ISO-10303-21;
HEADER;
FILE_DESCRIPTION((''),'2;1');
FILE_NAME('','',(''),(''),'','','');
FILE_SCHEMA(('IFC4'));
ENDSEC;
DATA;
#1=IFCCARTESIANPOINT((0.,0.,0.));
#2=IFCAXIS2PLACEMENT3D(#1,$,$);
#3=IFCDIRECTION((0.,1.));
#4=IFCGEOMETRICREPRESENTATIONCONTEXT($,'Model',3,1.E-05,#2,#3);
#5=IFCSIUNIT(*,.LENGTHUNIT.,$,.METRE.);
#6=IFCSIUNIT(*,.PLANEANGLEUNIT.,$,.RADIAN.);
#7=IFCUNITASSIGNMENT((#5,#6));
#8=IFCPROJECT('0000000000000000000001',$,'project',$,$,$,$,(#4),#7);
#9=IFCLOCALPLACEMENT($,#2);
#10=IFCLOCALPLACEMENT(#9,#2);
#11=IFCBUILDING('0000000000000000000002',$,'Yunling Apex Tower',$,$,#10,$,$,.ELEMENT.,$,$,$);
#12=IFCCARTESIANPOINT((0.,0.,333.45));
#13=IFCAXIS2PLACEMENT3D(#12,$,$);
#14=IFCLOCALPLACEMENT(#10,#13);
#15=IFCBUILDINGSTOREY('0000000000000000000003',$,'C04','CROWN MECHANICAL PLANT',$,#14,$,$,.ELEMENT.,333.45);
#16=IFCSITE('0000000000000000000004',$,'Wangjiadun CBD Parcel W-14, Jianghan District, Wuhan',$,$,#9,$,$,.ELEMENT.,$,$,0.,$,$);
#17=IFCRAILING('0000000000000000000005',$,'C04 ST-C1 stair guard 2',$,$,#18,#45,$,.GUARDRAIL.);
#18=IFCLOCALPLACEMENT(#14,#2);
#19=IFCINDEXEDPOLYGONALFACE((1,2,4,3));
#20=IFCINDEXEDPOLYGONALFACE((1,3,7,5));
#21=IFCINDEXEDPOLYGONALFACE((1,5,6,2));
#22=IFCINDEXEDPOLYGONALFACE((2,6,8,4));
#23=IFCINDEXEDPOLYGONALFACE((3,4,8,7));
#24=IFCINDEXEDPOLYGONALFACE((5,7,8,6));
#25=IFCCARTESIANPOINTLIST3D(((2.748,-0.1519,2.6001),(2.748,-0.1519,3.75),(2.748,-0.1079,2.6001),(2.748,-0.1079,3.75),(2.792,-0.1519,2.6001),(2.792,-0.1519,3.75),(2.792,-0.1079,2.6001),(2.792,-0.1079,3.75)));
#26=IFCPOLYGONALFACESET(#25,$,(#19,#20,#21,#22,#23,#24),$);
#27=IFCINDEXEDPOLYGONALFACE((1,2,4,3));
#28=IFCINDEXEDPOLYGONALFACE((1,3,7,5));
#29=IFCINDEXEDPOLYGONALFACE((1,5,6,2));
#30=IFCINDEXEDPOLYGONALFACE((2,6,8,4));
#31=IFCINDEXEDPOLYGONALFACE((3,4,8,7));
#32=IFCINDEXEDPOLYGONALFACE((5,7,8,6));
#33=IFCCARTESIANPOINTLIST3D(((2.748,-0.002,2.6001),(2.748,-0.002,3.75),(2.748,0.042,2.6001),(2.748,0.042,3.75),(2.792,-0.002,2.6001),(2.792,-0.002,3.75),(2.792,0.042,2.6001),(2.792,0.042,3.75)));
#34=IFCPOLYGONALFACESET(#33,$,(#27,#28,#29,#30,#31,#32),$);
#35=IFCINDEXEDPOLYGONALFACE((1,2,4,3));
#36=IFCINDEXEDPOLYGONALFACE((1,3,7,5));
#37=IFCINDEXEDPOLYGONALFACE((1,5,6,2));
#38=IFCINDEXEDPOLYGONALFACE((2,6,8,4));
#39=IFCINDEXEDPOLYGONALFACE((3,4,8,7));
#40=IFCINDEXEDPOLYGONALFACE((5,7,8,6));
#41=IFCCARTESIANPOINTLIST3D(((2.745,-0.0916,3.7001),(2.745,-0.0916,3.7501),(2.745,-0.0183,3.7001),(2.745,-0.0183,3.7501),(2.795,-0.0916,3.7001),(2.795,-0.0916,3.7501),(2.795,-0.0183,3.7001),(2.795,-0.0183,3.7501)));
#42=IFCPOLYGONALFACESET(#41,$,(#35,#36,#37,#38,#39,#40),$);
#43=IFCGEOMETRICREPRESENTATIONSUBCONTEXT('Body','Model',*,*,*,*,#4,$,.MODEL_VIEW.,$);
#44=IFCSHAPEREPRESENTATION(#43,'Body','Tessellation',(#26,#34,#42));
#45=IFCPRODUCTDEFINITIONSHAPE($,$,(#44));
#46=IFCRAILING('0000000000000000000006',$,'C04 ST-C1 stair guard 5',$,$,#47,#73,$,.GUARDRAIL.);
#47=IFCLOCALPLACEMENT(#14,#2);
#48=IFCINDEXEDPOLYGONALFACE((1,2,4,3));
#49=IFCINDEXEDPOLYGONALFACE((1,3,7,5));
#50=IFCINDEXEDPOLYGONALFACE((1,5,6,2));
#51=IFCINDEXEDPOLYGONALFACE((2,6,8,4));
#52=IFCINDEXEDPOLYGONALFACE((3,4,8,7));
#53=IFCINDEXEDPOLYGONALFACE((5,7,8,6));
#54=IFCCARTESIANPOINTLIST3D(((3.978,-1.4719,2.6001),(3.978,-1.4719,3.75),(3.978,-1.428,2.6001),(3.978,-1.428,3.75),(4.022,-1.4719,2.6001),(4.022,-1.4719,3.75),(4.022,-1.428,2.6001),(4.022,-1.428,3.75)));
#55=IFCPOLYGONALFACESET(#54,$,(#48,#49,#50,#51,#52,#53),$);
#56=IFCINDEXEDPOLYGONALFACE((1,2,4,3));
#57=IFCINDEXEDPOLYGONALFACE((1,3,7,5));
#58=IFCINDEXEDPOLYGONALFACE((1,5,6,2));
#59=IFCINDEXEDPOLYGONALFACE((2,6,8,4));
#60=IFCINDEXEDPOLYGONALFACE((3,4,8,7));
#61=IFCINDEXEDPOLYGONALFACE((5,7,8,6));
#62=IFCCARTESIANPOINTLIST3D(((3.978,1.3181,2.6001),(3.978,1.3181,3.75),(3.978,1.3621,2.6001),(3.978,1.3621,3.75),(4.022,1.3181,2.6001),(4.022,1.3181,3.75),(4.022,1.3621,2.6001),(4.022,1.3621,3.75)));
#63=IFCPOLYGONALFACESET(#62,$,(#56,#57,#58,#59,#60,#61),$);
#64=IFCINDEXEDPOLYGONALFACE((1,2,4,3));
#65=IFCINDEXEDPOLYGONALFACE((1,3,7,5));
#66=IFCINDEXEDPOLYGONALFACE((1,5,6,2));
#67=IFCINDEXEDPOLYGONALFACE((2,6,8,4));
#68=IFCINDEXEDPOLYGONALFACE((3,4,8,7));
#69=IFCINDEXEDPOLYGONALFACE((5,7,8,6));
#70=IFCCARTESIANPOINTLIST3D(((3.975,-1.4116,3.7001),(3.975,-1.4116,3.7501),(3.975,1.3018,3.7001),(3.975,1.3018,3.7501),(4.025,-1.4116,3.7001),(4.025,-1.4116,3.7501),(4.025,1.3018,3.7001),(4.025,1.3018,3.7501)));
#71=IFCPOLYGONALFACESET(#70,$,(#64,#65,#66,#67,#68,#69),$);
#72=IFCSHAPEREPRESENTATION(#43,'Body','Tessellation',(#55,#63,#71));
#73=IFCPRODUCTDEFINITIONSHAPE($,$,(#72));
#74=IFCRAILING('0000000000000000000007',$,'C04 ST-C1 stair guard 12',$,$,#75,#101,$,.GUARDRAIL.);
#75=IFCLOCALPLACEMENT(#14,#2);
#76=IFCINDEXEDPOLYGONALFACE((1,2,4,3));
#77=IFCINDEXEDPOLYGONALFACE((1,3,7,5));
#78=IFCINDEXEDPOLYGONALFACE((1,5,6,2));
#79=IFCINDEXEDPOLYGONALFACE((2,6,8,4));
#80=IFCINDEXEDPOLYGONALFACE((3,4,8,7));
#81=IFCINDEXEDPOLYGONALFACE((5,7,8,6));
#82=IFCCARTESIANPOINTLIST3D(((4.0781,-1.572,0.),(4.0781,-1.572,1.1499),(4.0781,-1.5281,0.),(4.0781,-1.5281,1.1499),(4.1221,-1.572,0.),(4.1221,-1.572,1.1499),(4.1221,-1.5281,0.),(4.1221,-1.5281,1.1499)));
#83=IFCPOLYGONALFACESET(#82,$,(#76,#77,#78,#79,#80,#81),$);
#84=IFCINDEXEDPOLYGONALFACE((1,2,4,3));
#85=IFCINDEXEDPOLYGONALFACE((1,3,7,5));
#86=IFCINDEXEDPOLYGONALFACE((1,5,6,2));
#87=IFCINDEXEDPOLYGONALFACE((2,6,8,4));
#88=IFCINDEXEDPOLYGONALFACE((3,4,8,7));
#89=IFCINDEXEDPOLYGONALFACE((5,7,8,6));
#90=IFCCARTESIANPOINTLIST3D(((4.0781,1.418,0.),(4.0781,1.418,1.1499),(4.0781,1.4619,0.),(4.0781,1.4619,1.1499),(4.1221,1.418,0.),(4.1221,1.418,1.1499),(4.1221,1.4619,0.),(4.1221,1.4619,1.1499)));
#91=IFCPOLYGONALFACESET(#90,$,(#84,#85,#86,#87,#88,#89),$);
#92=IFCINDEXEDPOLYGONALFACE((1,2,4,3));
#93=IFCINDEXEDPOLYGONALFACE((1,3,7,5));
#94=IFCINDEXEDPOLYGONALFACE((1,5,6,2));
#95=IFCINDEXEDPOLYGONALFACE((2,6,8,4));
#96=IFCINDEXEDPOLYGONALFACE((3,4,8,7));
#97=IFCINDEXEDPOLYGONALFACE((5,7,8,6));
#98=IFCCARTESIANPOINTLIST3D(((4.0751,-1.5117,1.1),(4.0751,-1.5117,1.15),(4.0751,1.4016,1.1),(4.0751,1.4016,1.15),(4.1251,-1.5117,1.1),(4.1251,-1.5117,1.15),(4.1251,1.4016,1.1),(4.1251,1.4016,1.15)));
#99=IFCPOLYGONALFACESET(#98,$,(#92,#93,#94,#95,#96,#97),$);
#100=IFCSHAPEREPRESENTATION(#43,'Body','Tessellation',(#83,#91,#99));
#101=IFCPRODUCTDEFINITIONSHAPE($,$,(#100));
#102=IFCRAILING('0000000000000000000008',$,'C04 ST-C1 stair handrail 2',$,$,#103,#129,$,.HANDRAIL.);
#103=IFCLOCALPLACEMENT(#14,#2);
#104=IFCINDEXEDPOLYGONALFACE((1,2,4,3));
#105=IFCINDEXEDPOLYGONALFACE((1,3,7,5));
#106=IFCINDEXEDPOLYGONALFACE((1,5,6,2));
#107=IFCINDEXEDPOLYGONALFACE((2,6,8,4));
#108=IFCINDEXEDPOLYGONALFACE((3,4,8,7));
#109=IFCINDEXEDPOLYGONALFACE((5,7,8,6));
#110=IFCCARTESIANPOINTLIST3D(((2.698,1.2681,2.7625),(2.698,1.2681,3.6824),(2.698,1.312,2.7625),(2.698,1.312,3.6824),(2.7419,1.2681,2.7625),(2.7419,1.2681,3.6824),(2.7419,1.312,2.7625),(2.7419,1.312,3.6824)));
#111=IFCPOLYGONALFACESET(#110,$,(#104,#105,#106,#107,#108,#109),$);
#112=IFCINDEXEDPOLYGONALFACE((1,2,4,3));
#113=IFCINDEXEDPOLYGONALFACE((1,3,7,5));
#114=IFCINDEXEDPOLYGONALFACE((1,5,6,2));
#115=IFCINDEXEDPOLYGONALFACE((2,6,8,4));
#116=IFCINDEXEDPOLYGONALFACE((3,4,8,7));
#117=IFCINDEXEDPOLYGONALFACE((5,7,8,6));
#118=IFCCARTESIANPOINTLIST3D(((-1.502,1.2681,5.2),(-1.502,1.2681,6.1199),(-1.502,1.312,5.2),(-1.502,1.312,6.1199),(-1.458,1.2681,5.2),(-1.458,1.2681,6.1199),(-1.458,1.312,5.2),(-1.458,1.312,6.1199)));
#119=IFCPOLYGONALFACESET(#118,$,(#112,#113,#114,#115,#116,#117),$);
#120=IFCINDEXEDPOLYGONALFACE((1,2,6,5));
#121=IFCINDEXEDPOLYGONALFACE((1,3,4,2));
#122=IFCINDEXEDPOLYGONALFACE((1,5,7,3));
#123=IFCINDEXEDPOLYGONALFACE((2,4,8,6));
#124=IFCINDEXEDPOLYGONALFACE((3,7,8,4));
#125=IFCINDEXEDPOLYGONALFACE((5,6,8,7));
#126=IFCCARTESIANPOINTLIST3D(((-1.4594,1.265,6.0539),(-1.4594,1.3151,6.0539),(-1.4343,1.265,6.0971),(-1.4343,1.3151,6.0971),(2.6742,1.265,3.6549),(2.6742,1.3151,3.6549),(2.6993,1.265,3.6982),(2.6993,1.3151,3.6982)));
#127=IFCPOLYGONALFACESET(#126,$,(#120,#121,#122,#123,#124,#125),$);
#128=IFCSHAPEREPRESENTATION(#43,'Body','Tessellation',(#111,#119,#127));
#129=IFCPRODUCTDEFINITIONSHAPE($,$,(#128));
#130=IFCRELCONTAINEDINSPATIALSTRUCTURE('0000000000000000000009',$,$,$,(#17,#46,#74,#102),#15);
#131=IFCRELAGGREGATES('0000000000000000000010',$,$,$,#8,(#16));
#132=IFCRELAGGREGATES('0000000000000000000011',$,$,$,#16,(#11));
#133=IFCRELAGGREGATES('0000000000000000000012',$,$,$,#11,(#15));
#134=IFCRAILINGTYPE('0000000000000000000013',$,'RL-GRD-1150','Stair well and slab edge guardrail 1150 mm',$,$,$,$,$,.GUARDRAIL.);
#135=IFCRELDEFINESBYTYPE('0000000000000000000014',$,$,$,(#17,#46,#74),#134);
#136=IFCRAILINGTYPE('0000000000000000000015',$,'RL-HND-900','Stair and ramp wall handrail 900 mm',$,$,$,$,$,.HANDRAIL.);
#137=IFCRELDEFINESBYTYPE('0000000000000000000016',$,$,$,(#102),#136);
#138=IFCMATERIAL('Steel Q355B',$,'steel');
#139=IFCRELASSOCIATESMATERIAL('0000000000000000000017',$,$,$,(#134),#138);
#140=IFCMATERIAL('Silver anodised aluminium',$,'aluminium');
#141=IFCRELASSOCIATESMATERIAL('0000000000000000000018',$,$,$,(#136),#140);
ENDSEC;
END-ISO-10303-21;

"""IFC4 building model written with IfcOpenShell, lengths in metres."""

from ifc_helpers import new_model, si_unit, direction, frame, origin, origin_2d, place, context, subcontext, project, spatial, rectangle, extrude, material, type_object, element, save


model = new_model("IFC4")

# Units and contexts
model_context = context("Model", 3, precision=1e-05, world=origin(), true_north=direction((0.0, 1.0)))
body_context = subcontext(model_context, "Body", "Model", "MODEL_VIEW")
ifc_project = project(units=[si_unit("LENGTHUNIT", "METRE"), si_unit("PLANEANGLEUNIT", "RADIAN")], contexts=[model_context])

# Site, building, storey
site_placement = place(None, origin())
site = spatial("IfcSite", under=ifc_project, at=site_placement, Name="Wangjiadun CBD Parcel W-14, Jianghan District, Wuhan", CompositionType="ELEMENT", RefElevation=0.0)
building_placement = place(site_placement, origin())
building = spatial("IfcBuilding", under=site, at=building_placement, Name="Yunling Apex Tower", CompositionType="ELEMENT")
storey_placement = place(building_placement, frame((0.0, 0.0, 333.45)))
storey = spatial("IfcBuildingStorey", under=building, at=storey_placement, Name="C04", Description="CROWN MECHANICAL PLANT", CompositionType="ELEMENT", Elevation=333.45)

# Shared definitions
ifc_material_1 = material(Name="Steel Q355B", Category="steel")

# Railings
railing_type_1 = type_object("IfcRailingType", Name="RL-GRD-1150", Description="Stair well and slab edge guardrail 1150 mm", PredefinedType="GUARDRAIL", material=ifc_material_1)
railing_1_placement = place(storey_placement, frame((2.77, -0.1299, 2.6001)))
element("IfcRailing", 1, at=railing_1_placement, inside=storey, type_object=railing_type_1, Name="C04 ST-C1 stair guard 2", PredefinedType="GUARDRAIL", context=body_context, shape_type="SweptSolid", body=[
    extrude(rectangle(XDim=0.0439, YDim=0.0439, at=origin_2d()), origin(), (0.0, 0.0, 1.0), 1.1499),
    extrude(rectangle(XDim=0.0439, YDim=0.0439, at=origin_2d()), frame((0.0, 0.1499, 0.0)), (0.0, 0.0, 1.0), 1.1499),
    extrude(rectangle(XDim=0.05, YDim=0.05, at=origin_2d()), frame((0.0, 0.0383, 1.125), z_axis=(0.0, 1.0, 0.0), x_axis=(-1.0, 0.0, 0.0)), (0.0, 0.0, 1.0), 0.0732),
])
railing_2_placement = place(storey_placement, frame((4.0, -1.45, 2.6001)))
element("IfcRailing", 2, at=railing_2_placement, inside=storey, type_object=railing_type_1, Name="C04 ST-C1 stair guard 5", PredefinedType="GUARDRAIL", context=body_context, shape_type="SweptSolid", body=[
    extrude(rectangle(XDim=0.0439, YDim=0.0439, at=origin_2d()), origin(), (0.0, 0.0, 1.0), 1.1499),
    extrude(rectangle(XDim=0.0439, YDim=0.0439, at=origin_2d()), frame((0.0, 2.79, 0.0)), (0.0, 0.0, 1.0), 1.1499),
    extrude(rectangle(XDim=0.05, YDim=0.05, at=origin_2d()), frame((0.0, 0.0383, 1.125), z_axis=(0.0, 1.0, 0.0), x_axis=(-1.0, 0.0, 0.0)), (0.0, 0.0, 1.0), 2.7134),
])
railing_3_placement = place(storey_placement, frame((4.1001, -1.55, 0.0)))
element("IfcRailing", 3, at=railing_3_placement, inside=storey, type_object=railing_type_1, Name="C04 ST-C1 stair guard 12", PredefinedType="GUARDRAIL", context=body_context, shape_type="SweptSolid", body=[
    extrude(rectangle(XDim=0.0439, YDim=0.0439, at=origin_2d()), origin(), (0.0, 0.0, 1.0), 1.1499),
    extrude(rectangle(XDim=0.0439, YDim=0.0439, at=origin_2d()), frame((0.0, 2.99, 0.0)), (0.0, 0.0, 1.0), 1.1499),
    extrude(rectangle(XDim=0.05, YDim=0.05, at=origin_2d()), frame((0.0, 0.0383, 1.125), z_axis=(0.0, 1.0, 0.0), x_axis=(-1.0, 0.0, 0.0)), (0.0, 0.0, 1.0), 2.9133),
])
ifc_material_2 = material(Name="Silver anodised aluminium", Category="aluminium")
railing_type_2 = type_object("IfcRailingType", Name="RL-HND-900", Description="Stair and ramp wall handrail 900 mm", PredefinedType="HANDRAIL", material=ifc_material_2)
railing_4_placement = place(storey_placement, frame((2.72, 1.29, 2.7625)))
element("IfcRailing", 4, at=railing_4_placement, inside=storey, type_object=railing_type_2, Name="C04 ST-C1 stair handrail 2", PredefinedType="HANDRAIL", context=body_context, shape_type="SweptSolid", body=[
    extrude(rectangle(XDim=0.0439, YDim=0.0439, at=origin_2d()), origin(), (0.0, 0.0, 1.0), 0.9199),
    extrude(rectangle(XDim=0.0439, YDim=0.0439, at=origin_2d()), frame((-4.2, 0.0, 2.4375)), (0.0, 0.0, 1.0), 0.9199),
    extrude(rectangle(XDim=0.05, YDim=0.05, at=origin_2d()), frame((-0.0332, 0.0, 0.9141), z_axis=(-0.864895, 0.0, 0.501954), x_axis=(0.0, -1.0, 0.0)), (0.0, 0.0, 1.0), 4.7793),
])

save(model, "model.ifc")
